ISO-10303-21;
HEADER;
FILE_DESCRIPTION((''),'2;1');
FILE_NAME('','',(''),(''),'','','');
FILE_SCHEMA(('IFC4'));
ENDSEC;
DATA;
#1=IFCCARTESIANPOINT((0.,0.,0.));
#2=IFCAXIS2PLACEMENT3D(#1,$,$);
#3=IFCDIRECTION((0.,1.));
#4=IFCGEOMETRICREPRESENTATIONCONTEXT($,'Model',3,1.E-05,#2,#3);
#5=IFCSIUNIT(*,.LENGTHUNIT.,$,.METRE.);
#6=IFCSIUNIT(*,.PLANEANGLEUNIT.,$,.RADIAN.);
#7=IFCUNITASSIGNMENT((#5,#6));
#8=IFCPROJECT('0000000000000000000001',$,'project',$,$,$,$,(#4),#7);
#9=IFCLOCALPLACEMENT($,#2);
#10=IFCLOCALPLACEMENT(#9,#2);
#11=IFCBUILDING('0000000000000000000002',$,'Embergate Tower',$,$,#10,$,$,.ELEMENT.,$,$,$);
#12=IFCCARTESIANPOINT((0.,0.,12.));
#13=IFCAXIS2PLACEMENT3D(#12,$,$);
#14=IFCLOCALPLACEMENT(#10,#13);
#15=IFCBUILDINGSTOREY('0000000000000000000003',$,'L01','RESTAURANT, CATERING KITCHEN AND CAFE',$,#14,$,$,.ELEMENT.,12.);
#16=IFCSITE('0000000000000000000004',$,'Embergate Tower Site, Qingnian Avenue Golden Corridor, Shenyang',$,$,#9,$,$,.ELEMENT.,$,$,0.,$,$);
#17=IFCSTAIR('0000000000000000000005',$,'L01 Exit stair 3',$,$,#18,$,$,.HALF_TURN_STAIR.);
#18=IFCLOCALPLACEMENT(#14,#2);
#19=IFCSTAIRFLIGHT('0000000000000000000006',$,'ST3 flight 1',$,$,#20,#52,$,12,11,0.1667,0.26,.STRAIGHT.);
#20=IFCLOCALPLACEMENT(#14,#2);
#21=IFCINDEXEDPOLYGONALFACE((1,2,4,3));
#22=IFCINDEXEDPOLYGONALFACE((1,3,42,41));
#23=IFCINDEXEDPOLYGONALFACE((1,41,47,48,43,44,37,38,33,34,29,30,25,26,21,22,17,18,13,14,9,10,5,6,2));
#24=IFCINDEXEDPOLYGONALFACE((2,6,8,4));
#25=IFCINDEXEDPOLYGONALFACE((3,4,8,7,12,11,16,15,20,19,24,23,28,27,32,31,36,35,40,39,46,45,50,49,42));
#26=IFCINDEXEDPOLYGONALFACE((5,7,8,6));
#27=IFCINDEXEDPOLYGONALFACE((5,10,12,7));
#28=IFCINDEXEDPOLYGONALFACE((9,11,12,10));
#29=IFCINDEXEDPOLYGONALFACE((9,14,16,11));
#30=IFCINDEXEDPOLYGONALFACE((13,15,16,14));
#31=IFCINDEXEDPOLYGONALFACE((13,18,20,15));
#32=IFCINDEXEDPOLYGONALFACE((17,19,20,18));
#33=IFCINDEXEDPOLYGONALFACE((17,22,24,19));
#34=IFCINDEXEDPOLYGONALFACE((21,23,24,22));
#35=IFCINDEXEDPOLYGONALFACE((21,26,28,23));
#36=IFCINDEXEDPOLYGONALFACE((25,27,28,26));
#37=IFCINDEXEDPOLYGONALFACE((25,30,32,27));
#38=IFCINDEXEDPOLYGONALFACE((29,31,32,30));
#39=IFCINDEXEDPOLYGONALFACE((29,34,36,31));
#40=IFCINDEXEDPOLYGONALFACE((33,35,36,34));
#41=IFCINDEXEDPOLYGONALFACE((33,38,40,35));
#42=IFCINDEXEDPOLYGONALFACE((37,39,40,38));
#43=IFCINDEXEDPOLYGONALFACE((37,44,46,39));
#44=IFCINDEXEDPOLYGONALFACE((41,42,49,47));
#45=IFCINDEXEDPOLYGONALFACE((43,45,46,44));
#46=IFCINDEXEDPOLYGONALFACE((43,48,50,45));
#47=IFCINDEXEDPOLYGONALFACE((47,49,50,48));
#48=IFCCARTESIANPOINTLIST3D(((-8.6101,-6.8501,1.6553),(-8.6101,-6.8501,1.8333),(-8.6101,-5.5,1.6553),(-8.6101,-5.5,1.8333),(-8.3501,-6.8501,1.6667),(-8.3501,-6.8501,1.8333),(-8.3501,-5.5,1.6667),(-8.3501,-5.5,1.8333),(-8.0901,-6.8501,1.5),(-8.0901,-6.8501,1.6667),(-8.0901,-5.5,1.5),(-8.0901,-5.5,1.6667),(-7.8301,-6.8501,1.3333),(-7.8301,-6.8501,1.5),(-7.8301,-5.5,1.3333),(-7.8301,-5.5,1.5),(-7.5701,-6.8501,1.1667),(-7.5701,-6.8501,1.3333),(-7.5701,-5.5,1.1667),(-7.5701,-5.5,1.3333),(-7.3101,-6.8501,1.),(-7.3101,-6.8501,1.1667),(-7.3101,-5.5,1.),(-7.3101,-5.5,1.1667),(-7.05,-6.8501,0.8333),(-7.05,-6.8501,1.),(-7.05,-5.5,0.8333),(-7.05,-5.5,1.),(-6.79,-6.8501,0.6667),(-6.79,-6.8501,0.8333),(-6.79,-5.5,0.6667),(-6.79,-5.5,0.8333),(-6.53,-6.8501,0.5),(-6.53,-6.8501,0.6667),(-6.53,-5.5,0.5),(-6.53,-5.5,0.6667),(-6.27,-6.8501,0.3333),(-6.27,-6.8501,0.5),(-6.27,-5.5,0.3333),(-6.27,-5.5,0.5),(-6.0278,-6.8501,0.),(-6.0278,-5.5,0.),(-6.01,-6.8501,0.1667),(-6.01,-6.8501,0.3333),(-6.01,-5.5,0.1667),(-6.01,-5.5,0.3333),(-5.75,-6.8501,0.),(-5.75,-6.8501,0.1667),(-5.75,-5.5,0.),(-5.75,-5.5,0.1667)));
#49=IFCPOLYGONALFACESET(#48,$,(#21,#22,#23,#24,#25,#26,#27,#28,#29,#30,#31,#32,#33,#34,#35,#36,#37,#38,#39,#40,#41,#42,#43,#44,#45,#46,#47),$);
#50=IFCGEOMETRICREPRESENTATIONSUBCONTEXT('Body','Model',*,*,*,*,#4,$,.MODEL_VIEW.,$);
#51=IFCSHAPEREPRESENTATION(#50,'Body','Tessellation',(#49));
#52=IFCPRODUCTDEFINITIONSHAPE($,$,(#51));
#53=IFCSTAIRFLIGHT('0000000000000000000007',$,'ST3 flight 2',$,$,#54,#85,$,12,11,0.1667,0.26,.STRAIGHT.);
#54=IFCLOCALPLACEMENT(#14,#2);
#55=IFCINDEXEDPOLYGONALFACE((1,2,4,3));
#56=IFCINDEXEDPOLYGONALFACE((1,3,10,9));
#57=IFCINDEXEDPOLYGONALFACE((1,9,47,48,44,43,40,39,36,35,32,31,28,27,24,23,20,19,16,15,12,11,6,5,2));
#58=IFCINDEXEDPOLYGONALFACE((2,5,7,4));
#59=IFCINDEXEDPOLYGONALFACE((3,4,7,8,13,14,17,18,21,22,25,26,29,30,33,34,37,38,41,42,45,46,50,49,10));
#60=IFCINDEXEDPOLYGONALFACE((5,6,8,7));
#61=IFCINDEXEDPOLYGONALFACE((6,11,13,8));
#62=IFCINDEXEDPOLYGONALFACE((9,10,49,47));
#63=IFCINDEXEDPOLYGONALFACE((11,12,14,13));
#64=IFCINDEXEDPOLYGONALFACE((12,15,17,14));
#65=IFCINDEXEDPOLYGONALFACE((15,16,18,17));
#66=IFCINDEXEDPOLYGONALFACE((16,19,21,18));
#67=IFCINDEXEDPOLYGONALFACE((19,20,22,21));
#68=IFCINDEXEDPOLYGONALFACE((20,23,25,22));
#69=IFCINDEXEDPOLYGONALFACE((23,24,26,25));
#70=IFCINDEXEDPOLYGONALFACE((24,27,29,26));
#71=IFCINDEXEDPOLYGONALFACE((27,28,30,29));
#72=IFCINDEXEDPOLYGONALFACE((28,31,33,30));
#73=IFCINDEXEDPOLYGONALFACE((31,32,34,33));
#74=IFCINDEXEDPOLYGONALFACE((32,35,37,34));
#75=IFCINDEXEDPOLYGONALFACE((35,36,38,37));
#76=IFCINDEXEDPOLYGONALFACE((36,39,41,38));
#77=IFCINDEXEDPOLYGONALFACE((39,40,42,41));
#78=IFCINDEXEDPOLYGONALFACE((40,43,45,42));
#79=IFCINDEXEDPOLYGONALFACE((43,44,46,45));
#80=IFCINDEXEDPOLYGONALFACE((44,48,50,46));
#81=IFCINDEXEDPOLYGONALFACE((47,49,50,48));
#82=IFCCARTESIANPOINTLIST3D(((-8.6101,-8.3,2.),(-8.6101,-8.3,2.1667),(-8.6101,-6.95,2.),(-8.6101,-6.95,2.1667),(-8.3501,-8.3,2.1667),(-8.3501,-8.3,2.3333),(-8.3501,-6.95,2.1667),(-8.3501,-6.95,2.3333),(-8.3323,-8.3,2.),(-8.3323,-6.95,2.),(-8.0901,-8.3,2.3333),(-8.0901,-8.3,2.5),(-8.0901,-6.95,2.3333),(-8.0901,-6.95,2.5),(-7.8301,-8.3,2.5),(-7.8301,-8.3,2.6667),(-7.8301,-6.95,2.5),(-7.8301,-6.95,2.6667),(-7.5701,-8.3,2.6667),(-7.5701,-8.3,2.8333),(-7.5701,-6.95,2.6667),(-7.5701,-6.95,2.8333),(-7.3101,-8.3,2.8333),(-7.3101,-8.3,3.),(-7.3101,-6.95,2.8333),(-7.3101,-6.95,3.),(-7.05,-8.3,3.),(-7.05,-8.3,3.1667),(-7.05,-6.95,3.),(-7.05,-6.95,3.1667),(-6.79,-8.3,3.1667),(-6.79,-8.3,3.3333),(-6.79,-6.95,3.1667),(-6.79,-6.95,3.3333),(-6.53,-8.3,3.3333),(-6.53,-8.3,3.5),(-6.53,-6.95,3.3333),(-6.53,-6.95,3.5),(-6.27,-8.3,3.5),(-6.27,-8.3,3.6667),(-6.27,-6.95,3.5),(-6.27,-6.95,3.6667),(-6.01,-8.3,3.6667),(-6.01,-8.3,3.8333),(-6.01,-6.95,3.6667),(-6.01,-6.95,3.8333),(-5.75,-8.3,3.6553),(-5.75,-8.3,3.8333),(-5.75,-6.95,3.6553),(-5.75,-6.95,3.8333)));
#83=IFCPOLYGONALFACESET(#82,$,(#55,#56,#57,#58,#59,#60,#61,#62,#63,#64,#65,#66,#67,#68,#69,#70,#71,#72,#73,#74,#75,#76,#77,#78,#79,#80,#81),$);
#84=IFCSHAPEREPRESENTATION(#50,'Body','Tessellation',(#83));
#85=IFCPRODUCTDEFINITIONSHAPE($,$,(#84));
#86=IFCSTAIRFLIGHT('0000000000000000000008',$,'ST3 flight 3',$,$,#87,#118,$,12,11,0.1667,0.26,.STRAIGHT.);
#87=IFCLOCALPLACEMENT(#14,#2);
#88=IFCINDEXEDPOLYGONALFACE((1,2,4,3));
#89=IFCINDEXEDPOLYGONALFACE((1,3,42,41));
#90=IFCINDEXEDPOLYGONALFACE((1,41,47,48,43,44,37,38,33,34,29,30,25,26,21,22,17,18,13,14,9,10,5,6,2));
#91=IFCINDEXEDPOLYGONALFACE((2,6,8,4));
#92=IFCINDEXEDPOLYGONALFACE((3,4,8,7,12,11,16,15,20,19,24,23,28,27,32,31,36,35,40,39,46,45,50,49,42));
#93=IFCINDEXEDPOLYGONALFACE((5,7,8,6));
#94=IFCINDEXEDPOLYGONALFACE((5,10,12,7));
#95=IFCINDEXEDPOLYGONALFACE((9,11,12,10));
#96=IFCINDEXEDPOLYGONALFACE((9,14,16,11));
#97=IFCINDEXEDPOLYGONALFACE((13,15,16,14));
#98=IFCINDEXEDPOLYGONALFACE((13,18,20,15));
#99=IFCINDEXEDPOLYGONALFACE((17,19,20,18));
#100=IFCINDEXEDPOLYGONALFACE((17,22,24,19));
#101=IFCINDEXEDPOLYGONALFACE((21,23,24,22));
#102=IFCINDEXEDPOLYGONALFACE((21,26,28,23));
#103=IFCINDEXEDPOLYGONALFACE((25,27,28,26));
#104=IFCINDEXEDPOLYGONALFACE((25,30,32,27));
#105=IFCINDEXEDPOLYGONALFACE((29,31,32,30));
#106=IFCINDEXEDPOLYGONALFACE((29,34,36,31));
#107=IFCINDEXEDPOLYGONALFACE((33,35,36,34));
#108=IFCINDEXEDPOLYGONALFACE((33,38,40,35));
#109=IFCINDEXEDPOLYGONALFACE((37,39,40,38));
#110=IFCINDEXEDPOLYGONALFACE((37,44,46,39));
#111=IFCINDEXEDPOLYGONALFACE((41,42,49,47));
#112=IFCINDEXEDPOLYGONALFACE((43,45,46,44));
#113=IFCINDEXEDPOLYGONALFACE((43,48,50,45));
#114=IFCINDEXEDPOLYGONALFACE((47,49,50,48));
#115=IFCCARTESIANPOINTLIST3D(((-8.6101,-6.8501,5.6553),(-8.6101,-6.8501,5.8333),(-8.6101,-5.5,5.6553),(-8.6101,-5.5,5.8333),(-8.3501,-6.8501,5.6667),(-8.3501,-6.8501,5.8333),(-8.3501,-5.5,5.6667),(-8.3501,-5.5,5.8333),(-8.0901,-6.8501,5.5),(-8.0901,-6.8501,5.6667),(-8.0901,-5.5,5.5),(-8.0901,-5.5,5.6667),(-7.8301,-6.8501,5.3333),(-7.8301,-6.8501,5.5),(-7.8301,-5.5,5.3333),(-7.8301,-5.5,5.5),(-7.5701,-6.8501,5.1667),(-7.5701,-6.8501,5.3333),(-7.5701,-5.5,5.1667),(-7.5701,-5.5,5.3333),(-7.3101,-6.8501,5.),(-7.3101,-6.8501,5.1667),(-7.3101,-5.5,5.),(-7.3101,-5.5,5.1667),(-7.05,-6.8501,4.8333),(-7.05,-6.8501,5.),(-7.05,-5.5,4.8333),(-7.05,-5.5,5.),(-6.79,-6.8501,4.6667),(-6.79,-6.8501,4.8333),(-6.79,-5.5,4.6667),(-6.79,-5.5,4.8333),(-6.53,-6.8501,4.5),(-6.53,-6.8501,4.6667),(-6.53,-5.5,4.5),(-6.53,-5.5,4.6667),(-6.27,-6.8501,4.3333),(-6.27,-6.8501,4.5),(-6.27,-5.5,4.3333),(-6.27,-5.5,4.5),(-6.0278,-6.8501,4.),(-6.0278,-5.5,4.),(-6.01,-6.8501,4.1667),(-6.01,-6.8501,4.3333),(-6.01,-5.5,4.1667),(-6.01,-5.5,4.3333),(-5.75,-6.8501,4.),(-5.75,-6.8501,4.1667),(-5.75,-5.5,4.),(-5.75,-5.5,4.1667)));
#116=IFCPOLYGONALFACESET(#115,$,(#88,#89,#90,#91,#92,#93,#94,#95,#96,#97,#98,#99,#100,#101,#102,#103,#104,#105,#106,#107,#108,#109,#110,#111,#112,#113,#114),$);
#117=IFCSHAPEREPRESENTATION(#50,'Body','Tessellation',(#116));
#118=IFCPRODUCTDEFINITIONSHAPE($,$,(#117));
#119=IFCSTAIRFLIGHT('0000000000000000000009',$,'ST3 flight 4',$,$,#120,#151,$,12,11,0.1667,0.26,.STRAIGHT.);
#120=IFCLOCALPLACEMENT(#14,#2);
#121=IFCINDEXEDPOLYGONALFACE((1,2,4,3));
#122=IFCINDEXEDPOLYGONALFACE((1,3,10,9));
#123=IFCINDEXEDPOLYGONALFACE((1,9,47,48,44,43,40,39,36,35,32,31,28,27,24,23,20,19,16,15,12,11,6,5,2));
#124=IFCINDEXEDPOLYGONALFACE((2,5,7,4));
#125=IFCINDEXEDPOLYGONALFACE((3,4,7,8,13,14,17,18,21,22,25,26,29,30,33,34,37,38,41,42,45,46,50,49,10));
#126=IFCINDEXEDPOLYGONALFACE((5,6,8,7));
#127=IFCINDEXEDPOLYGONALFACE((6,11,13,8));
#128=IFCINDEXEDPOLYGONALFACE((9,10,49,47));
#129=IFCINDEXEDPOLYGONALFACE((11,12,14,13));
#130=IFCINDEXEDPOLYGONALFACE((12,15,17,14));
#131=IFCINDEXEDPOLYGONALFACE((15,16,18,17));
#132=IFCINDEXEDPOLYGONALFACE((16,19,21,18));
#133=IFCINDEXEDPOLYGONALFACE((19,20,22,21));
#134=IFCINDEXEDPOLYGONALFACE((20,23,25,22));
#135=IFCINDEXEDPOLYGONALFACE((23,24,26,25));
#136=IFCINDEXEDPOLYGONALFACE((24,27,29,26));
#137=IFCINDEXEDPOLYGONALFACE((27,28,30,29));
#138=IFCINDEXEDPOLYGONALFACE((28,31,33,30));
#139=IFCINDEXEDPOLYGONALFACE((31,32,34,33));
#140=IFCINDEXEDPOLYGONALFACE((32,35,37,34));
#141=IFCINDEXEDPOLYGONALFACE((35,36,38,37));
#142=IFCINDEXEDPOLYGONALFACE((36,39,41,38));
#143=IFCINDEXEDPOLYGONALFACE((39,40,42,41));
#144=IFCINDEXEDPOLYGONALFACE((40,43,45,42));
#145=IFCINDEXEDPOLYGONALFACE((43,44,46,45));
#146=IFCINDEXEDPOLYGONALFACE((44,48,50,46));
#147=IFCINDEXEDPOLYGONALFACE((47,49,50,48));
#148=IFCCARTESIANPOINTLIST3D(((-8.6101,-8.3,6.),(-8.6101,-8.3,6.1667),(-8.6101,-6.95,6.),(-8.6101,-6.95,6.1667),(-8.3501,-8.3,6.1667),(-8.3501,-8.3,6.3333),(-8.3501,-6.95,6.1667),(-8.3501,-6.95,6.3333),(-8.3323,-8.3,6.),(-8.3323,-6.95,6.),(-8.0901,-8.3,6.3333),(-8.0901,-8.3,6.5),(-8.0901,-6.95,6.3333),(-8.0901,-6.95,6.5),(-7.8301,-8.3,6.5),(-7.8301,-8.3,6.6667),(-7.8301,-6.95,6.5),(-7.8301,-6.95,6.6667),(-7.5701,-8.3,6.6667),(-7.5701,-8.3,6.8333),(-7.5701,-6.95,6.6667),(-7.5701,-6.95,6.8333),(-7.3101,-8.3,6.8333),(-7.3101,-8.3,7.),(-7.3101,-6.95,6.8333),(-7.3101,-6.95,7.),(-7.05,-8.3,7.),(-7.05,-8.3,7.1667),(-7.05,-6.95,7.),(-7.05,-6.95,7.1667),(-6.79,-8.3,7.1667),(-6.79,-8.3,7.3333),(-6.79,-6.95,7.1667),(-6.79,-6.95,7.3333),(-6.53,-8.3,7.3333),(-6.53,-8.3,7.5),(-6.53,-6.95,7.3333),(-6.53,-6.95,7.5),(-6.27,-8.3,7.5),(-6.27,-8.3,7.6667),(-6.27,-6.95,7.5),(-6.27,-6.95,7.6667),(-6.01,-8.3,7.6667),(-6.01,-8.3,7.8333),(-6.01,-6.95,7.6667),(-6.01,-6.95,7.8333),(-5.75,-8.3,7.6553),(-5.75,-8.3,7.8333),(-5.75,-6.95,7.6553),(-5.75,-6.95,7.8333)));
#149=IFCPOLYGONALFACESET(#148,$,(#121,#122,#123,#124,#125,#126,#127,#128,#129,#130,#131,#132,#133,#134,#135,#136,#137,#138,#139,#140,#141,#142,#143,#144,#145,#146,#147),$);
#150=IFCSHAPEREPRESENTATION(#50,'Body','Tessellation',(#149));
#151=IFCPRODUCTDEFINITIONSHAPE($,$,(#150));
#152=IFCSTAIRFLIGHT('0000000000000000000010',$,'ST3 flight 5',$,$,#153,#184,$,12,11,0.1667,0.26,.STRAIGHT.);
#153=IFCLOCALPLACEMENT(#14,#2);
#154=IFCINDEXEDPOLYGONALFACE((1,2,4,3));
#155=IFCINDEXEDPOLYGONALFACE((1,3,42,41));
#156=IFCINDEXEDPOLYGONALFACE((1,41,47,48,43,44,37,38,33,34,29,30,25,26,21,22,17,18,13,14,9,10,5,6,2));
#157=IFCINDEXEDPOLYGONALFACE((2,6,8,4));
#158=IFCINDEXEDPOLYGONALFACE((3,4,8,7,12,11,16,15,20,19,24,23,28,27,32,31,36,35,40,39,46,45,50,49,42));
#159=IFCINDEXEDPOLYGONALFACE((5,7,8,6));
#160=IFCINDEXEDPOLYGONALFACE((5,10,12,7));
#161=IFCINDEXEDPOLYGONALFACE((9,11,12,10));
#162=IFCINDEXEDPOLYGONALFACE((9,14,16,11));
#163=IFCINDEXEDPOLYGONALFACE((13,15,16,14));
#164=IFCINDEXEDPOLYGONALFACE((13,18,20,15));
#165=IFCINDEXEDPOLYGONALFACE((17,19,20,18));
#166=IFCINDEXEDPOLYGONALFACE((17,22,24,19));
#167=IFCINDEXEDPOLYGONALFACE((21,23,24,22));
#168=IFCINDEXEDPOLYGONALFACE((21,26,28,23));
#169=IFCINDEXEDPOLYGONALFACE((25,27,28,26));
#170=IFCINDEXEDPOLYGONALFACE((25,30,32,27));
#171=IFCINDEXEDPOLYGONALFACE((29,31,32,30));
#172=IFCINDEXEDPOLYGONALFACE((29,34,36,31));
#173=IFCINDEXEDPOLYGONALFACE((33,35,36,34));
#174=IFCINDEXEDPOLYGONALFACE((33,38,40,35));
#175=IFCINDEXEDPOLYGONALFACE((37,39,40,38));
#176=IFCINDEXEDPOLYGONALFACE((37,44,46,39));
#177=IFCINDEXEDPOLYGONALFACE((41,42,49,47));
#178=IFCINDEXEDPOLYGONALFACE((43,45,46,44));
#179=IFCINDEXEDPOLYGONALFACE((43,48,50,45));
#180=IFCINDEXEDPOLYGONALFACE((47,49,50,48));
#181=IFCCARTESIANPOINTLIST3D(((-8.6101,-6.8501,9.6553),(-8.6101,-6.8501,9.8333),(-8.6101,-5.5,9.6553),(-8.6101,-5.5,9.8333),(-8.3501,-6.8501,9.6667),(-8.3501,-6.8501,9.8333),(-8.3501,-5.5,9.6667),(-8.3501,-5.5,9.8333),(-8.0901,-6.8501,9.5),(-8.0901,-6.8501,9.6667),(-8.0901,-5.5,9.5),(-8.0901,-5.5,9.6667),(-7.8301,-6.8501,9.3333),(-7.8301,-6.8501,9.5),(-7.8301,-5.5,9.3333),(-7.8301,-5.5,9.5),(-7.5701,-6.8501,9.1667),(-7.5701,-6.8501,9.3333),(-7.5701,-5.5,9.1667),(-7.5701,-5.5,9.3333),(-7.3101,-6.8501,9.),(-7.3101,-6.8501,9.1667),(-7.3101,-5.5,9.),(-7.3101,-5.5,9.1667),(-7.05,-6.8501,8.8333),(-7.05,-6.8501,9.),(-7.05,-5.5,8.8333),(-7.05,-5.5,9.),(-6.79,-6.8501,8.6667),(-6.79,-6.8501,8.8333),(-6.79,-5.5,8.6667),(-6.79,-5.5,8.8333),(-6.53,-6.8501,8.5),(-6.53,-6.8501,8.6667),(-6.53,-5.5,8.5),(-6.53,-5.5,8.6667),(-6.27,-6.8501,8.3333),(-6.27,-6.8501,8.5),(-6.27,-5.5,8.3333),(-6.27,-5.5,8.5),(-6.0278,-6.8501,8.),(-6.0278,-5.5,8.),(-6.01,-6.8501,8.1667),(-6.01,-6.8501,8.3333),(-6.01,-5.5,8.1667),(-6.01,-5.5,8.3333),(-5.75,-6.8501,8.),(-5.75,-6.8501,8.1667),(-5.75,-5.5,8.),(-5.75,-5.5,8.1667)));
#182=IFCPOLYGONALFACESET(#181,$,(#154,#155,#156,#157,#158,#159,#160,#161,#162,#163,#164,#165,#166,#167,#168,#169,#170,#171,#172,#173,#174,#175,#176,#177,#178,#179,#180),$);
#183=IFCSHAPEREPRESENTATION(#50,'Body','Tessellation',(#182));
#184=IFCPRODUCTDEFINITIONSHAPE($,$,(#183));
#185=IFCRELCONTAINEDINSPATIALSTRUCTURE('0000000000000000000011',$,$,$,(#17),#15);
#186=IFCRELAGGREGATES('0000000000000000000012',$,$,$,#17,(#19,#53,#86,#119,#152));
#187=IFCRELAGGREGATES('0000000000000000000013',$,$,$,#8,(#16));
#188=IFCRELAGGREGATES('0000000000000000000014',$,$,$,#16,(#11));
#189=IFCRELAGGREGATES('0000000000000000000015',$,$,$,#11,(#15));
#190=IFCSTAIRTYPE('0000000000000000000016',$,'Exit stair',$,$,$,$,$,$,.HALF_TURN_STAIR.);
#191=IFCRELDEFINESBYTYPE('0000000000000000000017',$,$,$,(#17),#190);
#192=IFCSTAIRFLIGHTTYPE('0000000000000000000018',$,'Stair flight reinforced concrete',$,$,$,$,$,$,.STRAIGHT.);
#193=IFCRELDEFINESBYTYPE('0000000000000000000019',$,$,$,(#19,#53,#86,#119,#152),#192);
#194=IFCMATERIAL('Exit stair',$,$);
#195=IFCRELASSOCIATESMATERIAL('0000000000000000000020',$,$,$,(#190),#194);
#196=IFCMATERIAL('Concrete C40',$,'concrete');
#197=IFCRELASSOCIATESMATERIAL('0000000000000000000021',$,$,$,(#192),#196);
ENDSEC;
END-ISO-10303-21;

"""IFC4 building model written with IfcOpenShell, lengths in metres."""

from ifc_helpers import new_model, si_unit, direction, frame, origin, place, context, subcontext, project, spatial, polyline, outline, extrude, source, transform, mapped, material, type_object, element, aggregate, save


model = new_model("IFC4")

# Units and contexts
model_context = context("Model", 3, precision=1e-05, world=origin(), true_north=direction((0.0, 1.0)))
body_context = subcontext(model_context, "Body", "Model", "MODEL_VIEW")
ifc_project = project(units=[si_unit("LENGTHUNIT", "METRE"), si_unit("PLANEANGLEUNIT", "RADIAN")], contexts=[model_context])

# Site, building, storey
site_placement = place(None, origin())
site = spatial("IfcSite", under=ifc_project, at=site_placement, Name="Embergate Tower Site, Qingnian Avenue Golden Corridor, Shenyang", CompositionType="ELEMENT", RefElevation=0.0)
building_placement = place(site_placement, origin())
building = spatial("IfcBuilding", under=site, at=building_placement, Name="Embergate Tower", CompositionType="ELEMENT")
storey_placement = place(building_placement, frame((0.0, 0.0, 12.0)))
storey = spatial("IfcBuildingStorey", under=building, at=storey_placement, Name="L01", Description="RESTAURANT, CATERING KITCHEN AND CAFE", CompositionType="ELEMENT", Elevation=12.0)

# Stair
ifc_material_1 = material(Name="Exit stair")
stair_type = type_object("IfcStairType", Name="Exit stair", PredefinedType="HALF_TURN_STAIR", material=ifc_material_1)
stair_placement = place(storey_placement, origin())
stair = element("IfcStair", 1, at=stair_placement, inside=storey, type_object=stair_type, Name="L01 Exit stair 3", PredefinedType="HALF_TURN_STAIR")
ifc_material_2 = material(Name="Concrete C40", Category="concrete")

# Stair flights
stair_flight_type = type_object("IfcStairFlightType", Name="Stair flight reinforced concrete", PredefinedType="STRAIGHT", material=ifc_material_2)
shared_shape_1 = source(origin(), body_context, "Body", "SweptSolid", [
    extrude(outline(polyline([(0.0, 0.0), (0.0, 0.1667), (0.26, 0.1667), (0.26, 0.3333), (0.52, 0.3333), (0.52, 0.5), (0.78, 0.5), (0.78, 0.6667), (1.04, 0.6667), (1.04, 0.8333), (1.3, 0.8333), (1.3, 1.0), (1.5601, 1.0), (1.5601, 1.1667), (1.8201, 1.1667), (1.8201, 1.3333), (2.0801, 1.3333), (2.0801, 1.5), (2.3401, 1.5), (2.3401, 1.6667), (2.6001, 1.6667), (2.6001, 1.8333), (2.8601, 1.8333), (2.8601, 2.0), (2.8601, 1.6553), (0.2778, 0.0), (0.0, 0.0)])), frame((0.0, 0.675, 0.0), z_axis=(0.0, -1.0, 0.0), x_axis=(1.0, 0.0, 0.0)), (0.0, 0.0, 1.0), 1.3501),
])
stair_flight_1_placement = place(storey_placement, frame((-5.75, -6.175, 0.0), z_axis=(0.0, 0.0, 1.0), x_axis=(-1.0, 0.0, 0.0)))
stair_flight_1 = element("IfcStairFlight", 2, at=stair_flight_1_placement, type_object=stair_flight_type, Name="ST3 flight 1", NumberOfRisers=12, NumberOfTreads=11, PredefinedType="STRAIGHT", RiserHeight=0.1667, TreadLength=0.26, context=body_context, shape_type="MappedRepresentation", body=[
    mapped(shared_shape_1, transform((0.0, 0.0, 0.0))),
])
stair_flight_2_placement = place(storey_placement, frame((-8.6101, -7.625, 2.0), z_axis=(0.0, 0.0, 1.0), x_axis=(1.0, 0.0, 0.0)))
stair_flight_2 = element("IfcStairFlight", 3, at=stair_flight_2_placement, type_object=stair_flight_type, Name="ST3 flight 2", NumberOfRisers=12, NumberOfTreads=11, PredefinedType="STRAIGHT", RiserHeight=0.1667, TreadLength=0.26, context=body_context, shape_type="MappedRepresentation", body=[
    mapped(shared_shape_1, transform((0.0, 0.0, 0.0))),
])
stair_flight_3_placement = place(storey_placement, frame((-5.75, -6.175, 4.0), z_axis=(0.0, 0.0, 1.0), x_axis=(-1.0, 0.0, 0.0)))
stair_flight_3 = element("IfcStairFlight", 4, at=stair_flight_3_placement, type_object=stair_flight_type, Name="ST3 flight 3", NumberOfRisers=12, NumberOfTreads=11, PredefinedType="STRAIGHT", RiserHeight=0.1667, TreadLength=0.26, context=body_context, shape_type="MappedRepresentation", body=[
    mapped(shared_shape_1, transform((0.0, 0.0, 0.0))),
])
stair_flight_4_placement = place(storey_placement, frame((-8.6101, -7.625, 6.0), z_axis=(0.0, 0.0, 1.0), x_axis=(1.0, 0.0, 0.0)))
stair_flight_4 = element("IfcStairFlight", 5, at=stair_flight_4_placement, type_object=stair_flight_type, Name="ST3 flight 4", NumberOfRisers=12, NumberOfTreads=11, PredefinedType="STRAIGHT", RiserHeight=0.1667, TreadLength=0.26, context=body_context, shape_type="MappedRepresentation", body=[
    mapped(shared_shape_1, transform((0.0, 0.0, 0.0))),
])
stair_flight_5_placement = place(storey_placement, frame((-5.75, -6.175, 8.0), z_axis=(0.0, 0.0, 1.0), x_axis=(-1.0, 0.0, 0.0)))
stair_flight_5 = element("IfcStairFlight", 6, at=stair_flight_5_placement, type_object=stair_flight_type, Name="ST3 flight 5", NumberOfRisers=12, NumberOfTreads=11, PredefinedType="STRAIGHT", RiserHeight=0.1667, TreadLength=0.26, context=body_context, shape_type="MappedRepresentation", body=[
    mapped(shared_shape_1, transform((0.0, 0.0, 0.0))),
])
aggregate(stair, [stair_flight_1, stair_flight_2, stair_flight_3, stair_flight_4, stair_flight_5])

save(model, "model.ifc")
